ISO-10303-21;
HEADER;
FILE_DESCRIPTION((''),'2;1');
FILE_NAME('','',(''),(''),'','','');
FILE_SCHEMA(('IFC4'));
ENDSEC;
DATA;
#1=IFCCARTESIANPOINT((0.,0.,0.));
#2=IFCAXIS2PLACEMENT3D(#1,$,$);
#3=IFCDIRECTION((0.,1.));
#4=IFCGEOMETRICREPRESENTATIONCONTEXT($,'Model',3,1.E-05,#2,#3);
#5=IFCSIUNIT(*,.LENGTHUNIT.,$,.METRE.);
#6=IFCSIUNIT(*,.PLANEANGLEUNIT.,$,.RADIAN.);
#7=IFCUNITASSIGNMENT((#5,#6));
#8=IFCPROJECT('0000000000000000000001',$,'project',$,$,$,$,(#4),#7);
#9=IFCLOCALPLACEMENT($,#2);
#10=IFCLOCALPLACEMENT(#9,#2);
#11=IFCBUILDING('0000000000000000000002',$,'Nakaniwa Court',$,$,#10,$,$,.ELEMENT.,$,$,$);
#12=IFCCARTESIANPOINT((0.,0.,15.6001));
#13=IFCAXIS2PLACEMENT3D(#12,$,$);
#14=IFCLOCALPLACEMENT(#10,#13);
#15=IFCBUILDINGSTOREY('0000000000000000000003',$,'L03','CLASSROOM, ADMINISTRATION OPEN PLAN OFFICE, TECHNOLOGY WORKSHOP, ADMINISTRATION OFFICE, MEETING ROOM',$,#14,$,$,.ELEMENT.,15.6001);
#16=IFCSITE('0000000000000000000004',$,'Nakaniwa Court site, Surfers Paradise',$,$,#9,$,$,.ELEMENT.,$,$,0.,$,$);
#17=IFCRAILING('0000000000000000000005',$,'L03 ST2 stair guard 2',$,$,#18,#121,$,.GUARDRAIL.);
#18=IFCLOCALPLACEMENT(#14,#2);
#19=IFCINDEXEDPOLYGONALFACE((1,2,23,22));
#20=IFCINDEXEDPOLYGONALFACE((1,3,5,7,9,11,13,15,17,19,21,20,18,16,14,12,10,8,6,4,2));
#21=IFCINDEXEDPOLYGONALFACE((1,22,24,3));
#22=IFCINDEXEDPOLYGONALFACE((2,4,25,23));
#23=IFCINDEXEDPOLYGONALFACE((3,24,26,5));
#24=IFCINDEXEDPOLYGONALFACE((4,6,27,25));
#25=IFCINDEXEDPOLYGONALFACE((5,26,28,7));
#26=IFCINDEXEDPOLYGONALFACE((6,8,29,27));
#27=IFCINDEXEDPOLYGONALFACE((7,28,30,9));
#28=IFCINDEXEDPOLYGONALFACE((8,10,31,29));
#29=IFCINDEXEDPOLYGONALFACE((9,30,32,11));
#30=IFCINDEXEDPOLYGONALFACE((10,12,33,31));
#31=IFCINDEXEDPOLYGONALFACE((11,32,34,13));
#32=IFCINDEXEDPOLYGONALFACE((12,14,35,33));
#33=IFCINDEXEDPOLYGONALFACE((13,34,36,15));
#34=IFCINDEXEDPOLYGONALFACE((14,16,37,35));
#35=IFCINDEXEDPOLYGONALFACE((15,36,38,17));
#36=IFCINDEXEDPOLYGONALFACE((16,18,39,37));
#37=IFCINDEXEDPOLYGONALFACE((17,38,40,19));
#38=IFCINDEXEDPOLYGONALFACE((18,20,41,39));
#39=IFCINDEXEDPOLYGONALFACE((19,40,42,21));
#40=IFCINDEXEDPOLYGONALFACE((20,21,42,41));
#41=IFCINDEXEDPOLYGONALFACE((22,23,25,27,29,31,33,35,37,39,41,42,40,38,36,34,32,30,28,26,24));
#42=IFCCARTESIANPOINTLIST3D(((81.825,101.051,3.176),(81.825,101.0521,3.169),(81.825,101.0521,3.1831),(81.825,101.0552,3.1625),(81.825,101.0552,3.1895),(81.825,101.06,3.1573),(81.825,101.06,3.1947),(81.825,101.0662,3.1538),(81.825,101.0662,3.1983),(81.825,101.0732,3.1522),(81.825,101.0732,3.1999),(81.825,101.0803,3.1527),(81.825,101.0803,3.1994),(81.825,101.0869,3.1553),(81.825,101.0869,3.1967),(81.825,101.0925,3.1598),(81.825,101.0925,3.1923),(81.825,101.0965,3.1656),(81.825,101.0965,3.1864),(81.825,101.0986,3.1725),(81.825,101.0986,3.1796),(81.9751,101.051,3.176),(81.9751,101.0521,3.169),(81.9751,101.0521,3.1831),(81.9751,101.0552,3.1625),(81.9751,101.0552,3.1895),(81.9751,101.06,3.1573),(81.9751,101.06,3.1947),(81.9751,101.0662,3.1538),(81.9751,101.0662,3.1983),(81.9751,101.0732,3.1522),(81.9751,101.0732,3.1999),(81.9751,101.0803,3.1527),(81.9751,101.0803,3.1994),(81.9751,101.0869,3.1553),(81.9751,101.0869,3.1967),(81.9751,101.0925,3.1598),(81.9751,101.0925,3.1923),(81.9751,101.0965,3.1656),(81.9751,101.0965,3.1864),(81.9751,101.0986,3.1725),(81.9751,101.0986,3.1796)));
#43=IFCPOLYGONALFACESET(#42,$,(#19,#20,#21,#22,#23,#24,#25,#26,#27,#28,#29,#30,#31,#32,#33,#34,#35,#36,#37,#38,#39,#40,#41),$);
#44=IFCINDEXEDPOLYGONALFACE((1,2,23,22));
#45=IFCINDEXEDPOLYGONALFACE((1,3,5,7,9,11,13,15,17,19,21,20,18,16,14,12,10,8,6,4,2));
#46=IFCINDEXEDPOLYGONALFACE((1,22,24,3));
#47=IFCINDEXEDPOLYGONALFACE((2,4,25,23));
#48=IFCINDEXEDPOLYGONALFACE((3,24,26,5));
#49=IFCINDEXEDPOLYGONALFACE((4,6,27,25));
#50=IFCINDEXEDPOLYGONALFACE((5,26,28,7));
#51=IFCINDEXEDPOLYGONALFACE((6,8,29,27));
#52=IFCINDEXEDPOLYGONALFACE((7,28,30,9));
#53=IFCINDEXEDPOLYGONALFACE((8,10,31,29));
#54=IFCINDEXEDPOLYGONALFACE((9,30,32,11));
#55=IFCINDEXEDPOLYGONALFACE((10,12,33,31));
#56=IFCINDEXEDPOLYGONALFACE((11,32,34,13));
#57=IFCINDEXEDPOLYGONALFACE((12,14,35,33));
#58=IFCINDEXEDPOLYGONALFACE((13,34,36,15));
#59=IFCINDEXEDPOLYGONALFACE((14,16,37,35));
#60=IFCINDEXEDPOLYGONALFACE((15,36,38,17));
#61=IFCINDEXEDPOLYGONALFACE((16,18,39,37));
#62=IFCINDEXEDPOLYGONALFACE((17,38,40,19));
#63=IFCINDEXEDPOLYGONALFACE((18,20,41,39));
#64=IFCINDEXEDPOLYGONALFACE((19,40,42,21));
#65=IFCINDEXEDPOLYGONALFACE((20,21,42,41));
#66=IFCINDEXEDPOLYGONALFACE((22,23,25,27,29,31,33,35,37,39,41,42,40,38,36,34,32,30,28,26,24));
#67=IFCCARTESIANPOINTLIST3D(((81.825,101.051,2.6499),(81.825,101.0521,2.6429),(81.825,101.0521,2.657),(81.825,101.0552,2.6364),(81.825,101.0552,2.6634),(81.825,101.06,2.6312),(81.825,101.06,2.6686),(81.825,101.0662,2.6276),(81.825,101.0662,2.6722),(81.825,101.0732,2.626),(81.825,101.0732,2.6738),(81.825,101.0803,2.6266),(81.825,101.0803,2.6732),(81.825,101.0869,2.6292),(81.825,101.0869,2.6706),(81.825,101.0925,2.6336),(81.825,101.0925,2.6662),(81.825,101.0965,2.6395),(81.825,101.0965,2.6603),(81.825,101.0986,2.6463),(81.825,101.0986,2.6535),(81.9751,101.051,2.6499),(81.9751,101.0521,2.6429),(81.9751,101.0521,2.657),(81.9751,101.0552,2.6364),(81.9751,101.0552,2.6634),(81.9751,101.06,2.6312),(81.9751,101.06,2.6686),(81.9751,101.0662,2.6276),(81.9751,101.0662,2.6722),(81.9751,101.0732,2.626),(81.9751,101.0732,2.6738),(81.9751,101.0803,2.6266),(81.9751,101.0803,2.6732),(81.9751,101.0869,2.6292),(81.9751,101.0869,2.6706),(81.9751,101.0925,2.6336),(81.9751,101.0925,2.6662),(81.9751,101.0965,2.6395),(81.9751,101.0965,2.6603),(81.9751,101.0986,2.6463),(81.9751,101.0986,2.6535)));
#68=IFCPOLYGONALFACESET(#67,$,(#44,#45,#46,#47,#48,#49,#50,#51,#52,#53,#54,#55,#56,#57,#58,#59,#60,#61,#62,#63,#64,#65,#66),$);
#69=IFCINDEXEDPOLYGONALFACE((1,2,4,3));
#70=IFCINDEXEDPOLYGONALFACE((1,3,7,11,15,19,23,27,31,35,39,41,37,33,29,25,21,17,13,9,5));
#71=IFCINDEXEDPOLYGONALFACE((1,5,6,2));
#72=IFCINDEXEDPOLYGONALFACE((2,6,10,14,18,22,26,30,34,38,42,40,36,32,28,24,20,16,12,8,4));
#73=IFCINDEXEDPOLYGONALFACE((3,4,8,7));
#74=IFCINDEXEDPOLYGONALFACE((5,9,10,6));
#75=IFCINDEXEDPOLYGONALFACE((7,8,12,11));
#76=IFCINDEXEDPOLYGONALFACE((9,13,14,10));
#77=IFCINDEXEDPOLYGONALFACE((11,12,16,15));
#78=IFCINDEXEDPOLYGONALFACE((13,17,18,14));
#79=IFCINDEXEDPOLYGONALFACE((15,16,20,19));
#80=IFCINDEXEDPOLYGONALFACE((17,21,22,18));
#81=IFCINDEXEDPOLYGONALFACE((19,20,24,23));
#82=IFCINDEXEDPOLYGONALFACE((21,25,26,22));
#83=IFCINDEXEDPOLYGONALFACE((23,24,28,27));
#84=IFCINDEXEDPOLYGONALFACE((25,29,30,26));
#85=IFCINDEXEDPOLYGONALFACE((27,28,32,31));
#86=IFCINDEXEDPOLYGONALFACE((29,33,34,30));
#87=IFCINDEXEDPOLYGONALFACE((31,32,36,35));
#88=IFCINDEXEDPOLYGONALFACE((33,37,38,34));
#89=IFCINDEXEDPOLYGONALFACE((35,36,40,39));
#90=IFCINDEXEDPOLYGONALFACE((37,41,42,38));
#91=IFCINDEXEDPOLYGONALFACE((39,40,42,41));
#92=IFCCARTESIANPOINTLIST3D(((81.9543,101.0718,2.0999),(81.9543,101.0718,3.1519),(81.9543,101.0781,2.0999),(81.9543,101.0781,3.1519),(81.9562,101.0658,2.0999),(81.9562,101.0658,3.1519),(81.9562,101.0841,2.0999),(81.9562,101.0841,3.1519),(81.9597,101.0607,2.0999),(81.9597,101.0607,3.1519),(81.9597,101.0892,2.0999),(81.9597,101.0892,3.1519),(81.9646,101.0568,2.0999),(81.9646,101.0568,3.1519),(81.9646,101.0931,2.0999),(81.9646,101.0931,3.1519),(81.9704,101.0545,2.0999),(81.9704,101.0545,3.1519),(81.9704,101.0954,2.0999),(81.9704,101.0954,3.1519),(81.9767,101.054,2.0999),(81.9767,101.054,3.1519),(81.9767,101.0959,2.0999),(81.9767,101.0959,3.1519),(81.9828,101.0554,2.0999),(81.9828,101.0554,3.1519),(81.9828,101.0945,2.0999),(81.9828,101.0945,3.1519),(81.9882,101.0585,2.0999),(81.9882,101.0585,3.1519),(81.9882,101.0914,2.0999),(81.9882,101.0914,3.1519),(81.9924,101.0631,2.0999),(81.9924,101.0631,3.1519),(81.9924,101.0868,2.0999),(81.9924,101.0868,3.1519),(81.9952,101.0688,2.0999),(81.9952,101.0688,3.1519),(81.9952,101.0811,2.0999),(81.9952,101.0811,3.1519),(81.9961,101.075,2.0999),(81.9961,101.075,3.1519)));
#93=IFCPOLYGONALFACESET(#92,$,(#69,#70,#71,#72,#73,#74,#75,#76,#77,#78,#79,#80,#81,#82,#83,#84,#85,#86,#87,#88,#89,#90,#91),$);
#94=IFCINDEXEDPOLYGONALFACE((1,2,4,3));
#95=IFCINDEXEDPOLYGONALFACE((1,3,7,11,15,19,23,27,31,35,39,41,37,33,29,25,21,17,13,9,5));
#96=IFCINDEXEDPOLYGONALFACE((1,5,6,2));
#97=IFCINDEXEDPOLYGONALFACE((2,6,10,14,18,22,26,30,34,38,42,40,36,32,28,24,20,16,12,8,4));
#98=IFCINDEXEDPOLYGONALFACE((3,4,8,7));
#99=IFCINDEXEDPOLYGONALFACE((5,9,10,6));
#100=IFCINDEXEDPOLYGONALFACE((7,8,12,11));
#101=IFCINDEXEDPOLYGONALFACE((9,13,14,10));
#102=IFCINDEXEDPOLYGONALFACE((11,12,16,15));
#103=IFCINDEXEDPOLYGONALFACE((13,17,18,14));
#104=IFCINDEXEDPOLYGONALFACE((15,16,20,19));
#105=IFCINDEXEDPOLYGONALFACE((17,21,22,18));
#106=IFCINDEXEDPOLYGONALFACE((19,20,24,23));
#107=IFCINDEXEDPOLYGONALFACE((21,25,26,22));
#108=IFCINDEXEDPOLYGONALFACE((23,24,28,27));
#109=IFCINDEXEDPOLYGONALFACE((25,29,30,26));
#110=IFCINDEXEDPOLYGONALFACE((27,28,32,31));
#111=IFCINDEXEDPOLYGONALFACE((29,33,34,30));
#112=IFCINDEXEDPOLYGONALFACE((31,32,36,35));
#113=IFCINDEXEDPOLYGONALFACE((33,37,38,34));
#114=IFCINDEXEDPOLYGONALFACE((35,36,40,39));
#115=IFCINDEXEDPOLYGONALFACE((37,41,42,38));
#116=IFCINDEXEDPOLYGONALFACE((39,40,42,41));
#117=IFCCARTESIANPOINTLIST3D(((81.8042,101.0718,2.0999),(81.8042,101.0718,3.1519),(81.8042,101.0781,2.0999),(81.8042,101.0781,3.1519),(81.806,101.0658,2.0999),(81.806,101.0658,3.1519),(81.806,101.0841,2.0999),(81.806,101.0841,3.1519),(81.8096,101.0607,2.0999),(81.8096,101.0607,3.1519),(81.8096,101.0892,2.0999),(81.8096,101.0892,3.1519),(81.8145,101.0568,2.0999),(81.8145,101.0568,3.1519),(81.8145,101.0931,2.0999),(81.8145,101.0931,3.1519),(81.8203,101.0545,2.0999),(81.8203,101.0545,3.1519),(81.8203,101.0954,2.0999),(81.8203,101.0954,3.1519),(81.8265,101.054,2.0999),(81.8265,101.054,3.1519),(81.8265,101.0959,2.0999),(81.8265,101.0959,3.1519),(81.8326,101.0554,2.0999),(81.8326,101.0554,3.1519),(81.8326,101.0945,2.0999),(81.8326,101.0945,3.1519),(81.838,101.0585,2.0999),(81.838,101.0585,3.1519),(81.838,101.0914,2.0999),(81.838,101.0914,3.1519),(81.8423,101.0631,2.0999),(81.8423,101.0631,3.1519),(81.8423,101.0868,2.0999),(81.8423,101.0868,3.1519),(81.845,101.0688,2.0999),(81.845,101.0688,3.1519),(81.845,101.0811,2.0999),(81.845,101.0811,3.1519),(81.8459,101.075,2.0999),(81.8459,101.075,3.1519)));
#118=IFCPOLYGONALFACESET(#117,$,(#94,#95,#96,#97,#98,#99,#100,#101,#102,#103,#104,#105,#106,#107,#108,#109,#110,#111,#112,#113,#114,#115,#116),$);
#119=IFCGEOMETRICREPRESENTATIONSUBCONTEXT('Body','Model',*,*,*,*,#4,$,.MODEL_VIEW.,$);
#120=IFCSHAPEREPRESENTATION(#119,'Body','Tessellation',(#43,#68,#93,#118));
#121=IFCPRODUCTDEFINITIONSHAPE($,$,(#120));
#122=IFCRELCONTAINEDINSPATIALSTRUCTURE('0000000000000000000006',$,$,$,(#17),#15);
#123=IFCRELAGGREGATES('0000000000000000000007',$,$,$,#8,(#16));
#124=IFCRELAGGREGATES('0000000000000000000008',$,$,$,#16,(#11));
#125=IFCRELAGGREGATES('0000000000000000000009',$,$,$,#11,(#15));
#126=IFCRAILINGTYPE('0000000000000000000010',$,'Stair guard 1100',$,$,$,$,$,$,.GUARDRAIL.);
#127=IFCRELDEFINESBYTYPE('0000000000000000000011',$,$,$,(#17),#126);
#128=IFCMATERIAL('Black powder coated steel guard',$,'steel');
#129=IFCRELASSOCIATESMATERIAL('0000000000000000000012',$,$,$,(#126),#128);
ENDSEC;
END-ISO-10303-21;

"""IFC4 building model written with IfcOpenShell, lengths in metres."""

from ifc_helpers import new_model, si_unit, direction, frame, origin, origin_2d, place, context, subcontext, project, spatial, circle, extrude, material, type_object, element, save


model = new_model("IFC4")

# Units and contexts
model_context = context("Model", 3, precision=1e-05, world=origin(), true_north=direction((0.0, 1.0)))
body_context = subcontext(model_context, "Body", "Model", "MODEL_VIEW")
ifc_project = project(units=[si_unit("LENGTHUNIT", "METRE"), si_unit("PLANEANGLEUNIT", "RADIAN")], contexts=[model_context])

# Site, building, storey
site_placement = place(None, origin())
site = spatial("IfcSite", under=ifc_project, at=site_placement, Name="Nakaniwa Court site, Surfers Paradise", CompositionType="ELEMENT", RefElevation=0.0)
building_placement = place(site_placement, origin())
building = spatial("IfcBuilding", under=site, at=building_placement, Name="Nakaniwa Court", CompositionType="ELEMENT")
storey_placement = place(building_placement, frame((0.0, 0.0, 15.6001)))
storey = spatial("IfcBuildingStorey", under=building, at=storey_placement, Name="L03", Description="CLASSROOM, ADMINISTRATION OPEN PLAN OFFICE, TECHNOLOGY WORKSHOP, ADMINISTRATION OFFICE, MEETING ROOM", CompositionType="ELEMENT", Elevation=15.6001)

# Railing
ifc_material_1 = material(Name="Black powder coated steel guard", Category="steel")
railing_type_1 = type_object("IfcRailingType", Name="Stair guard 1100", PredefinedType="GUARDRAIL", material=ifc_material_1)
railing_1_placement = place(storey_placement, frame((81.9751, 101.075, 2.0999)))
element("IfcRailing", 1, at=railing_1_placement, inside=storey, type_object=railing_type_1, Name="L03 ST2 stair guard 2", PredefinedType="GUARDRAIL", context=body_context, shape_type="SweptSolid", body=[
    extrude(circle(Radius=0.0239, at=origin_2d()), frame((0.0, 0.0, 1.0762), z_axis=(-1.0, 0.0, 0.0), x_axis=(0.0, -1.0, 0.0)), (0.0, 0.0, 1.0), 0.1501),
    extrude(circle(Radius=0.0239, at=origin_2d()), frame((0.0, 0.0, 0.55), z_axis=(-1.0, 0.0, 0.0), x_axis=(0.0, -1.0, 0.0)), (0.0, 0.0, 1.0), 0.1501),
    extrude(circle(Radius=0.021, at=origin_2d()), origin(), (0.0, 0.0, 1.0), 1.052),
    extrude(circle(Radius=0.021, at=origin_2d()), frame((-0.1501, 0.0, 0.0)), (0.0, 0.0, 1.0), 1.052),
])

save(model, "model.ifc")
